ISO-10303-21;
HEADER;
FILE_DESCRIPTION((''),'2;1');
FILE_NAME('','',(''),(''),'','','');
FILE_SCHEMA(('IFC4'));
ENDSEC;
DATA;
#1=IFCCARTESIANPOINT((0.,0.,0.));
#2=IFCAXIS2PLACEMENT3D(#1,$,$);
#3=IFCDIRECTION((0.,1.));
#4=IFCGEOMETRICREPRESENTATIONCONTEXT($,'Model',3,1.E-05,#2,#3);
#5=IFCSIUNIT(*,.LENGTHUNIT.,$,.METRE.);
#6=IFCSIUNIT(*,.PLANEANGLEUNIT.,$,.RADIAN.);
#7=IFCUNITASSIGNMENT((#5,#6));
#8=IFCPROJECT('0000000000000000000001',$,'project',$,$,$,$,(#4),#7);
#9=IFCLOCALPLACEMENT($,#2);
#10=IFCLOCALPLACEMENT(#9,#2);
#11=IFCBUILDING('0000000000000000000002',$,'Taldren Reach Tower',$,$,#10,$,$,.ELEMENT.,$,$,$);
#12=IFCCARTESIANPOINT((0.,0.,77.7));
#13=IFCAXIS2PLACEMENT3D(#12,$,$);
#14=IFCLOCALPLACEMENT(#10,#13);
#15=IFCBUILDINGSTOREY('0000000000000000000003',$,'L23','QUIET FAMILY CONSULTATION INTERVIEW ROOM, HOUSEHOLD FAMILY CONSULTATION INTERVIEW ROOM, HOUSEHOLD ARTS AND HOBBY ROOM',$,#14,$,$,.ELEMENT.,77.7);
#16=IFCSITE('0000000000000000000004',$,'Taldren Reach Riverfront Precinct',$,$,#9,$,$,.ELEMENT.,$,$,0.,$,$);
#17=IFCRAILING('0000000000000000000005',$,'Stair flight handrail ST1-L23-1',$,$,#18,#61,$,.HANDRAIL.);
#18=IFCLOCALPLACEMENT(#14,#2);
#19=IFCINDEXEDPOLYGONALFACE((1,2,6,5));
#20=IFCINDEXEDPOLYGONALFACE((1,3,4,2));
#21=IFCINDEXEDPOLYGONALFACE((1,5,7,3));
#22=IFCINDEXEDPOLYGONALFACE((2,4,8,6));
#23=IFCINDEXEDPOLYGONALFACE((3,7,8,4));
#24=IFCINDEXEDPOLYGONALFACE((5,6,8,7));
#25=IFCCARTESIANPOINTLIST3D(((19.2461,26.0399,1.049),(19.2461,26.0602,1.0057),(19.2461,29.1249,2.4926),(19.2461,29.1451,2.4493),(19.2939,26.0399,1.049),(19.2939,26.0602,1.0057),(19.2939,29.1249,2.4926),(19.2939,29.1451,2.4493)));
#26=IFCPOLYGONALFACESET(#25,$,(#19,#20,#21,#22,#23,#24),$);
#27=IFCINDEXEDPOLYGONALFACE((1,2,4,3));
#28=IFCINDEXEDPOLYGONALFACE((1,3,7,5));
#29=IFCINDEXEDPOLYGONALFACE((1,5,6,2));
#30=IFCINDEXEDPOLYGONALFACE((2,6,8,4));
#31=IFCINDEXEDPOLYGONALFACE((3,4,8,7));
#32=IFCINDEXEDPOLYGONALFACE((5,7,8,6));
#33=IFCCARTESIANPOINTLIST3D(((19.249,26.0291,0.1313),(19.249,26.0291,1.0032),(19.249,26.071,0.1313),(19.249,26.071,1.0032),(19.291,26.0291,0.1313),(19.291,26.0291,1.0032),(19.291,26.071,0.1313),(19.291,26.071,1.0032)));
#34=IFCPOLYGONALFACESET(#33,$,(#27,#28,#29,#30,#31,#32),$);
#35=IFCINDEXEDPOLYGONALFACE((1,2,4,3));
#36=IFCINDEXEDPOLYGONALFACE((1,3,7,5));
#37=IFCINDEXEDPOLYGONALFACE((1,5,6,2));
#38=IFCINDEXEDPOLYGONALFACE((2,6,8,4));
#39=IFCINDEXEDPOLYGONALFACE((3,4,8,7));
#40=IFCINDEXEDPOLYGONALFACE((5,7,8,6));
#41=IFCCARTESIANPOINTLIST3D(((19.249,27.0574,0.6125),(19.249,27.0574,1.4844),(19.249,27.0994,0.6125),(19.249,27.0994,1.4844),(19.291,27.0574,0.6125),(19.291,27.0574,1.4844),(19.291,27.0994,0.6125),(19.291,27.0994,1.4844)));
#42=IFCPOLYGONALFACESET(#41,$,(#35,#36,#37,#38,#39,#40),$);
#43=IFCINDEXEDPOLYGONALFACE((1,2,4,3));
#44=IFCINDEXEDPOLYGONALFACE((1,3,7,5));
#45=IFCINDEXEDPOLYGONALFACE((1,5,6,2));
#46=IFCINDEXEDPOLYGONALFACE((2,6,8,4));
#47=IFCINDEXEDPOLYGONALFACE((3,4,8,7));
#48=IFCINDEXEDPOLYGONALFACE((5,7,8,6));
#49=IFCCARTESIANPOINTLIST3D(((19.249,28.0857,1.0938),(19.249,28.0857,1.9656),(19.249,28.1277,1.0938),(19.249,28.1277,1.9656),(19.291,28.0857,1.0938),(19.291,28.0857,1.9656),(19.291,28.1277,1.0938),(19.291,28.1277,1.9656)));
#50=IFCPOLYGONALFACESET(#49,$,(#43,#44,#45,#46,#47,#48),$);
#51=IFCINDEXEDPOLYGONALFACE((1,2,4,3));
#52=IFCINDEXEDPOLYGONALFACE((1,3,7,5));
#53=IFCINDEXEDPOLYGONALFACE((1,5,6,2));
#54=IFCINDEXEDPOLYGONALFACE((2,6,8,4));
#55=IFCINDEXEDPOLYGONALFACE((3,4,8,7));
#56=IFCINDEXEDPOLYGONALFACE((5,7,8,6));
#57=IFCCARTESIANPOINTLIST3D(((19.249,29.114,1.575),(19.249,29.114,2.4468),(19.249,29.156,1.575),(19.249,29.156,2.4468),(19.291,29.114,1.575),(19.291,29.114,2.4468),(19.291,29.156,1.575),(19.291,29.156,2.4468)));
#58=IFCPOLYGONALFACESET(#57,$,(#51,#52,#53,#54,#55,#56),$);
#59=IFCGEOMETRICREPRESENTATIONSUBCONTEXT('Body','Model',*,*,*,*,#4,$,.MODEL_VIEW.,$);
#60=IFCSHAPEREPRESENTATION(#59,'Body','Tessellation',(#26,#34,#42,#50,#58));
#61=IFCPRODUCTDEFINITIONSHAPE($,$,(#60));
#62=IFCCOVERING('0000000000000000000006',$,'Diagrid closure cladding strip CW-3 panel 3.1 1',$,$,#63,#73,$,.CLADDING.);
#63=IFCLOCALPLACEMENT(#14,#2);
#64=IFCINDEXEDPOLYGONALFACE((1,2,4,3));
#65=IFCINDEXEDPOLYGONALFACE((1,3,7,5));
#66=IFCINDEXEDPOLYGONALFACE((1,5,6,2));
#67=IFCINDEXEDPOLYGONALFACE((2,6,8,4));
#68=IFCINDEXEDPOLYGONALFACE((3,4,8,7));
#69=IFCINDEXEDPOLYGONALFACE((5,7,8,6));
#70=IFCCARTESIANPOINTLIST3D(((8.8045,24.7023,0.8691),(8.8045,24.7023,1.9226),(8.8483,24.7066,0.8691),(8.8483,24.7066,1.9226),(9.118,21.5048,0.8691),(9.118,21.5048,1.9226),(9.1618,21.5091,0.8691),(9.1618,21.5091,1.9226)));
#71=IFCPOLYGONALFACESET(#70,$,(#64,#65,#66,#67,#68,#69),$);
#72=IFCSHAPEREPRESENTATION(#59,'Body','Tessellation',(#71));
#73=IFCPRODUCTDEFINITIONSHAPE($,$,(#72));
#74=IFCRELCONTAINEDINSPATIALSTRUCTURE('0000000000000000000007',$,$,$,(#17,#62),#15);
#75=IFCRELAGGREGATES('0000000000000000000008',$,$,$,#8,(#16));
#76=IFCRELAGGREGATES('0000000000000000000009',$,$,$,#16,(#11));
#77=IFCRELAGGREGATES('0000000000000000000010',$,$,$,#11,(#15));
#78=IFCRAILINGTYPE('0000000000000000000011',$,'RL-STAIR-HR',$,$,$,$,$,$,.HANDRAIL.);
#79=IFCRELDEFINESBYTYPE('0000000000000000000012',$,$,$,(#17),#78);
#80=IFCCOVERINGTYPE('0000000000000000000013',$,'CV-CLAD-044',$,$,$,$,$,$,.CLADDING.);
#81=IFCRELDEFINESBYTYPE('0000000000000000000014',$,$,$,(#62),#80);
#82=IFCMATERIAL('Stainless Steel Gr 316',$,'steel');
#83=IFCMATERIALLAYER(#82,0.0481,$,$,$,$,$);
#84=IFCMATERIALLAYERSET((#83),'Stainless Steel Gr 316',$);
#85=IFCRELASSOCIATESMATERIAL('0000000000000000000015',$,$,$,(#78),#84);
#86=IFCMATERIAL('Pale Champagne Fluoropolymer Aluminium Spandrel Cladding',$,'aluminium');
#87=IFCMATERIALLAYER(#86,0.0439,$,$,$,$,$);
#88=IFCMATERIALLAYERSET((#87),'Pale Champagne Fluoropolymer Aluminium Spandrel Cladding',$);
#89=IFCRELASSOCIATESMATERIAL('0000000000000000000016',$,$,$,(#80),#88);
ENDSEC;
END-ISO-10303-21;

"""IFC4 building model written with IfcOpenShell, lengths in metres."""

from ifc_helpers import new_model, si_unit, direction, frame, origin, origin_2d, place, context, subcontext, project, spatial, rectangle, extrude, source, transform, mapped, material, layer, layer_set, type_object, element, save


model = new_model("IFC4")

# Units and contexts
model_context = context("Model", 3, precision=1e-05, world=origin(), true_north=direction((0.0, 1.0)))
body_context = subcontext(model_context, "Body", "Model", "MODEL_VIEW")
ifc_project = project(units=[si_unit("LENGTHUNIT", "METRE"), si_unit("PLANEANGLEUNIT", "RADIAN")], contexts=[model_context])

# Site, building, storey
site_placement = place(None, origin())
site = spatial("IfcSite", under=ifc_project, at=site_placement, Name="Taldren Reach Riverfront Precinct", CompositionType="ELEMENT", RefElevation=0.0)
building_placement = place(site_placement, origin())
building = spatial("IfcBuilding", under=site, at=building_placement, Name="Taldren Reach Tower", CompositionType="ELEMENT")
storey_placement = place(building_placement, frame((0.0, 0.0, 77.7)))
storey = spatial("IfcBuildingStorey", under=building, at=storey_placement, Name="L23", Description="QUIET FAMILY CONSULTATION INTERVIEW ROOM, HOUSEHOLD FAMILY CONSULTATION INTERVIEW ROOM, HOUSEHOLD ARTS AND HOBBY ROOM", CompositionType="ELEMENT", Elevation=77.7)

# Railing
ifc_material_1 = material(Name="Stainless Steel Gr 316", Category="steel")
ifc_layer_1 = layer(ifc_material_1, 0.0481)
ifc_layer_set_1 = layer_set([ifc_layer_1], Name="Stainless Steel Gr 316")
railing_type_1 = type_object("IfcRailingType", Name="RL-STAIR-HR", PredefinedType="HANDRAIL", material=ifc_layer_set_1)
railing_1_placement = place(storey_placement, frame((19.27, 26.05, 0.1313)))
element("IfcRailing", 1, at=railing_1_placement, inside=storey, type_object=railing_type_1, Name="Stair flight handrail ST1-L23-1", PredefinedType="HANDRAIL", context=body_context, shape_type="SweptSolid", body=[
    extrude(rectangle(XDim=0.0479, YDim=0.0479, at=origin_2d()), frame((0.0, 0.0, 0.896), z_axis=(0.0, 0.905738, 0.423839), x_axis=(-1.0, 0.0, 0.0)), (0.0, 0.0, 1.0), 3.406),
    extrude(rectangle(XDim=0.042, YDim=0.042, at=origin_2d()), origin(), (0.0, 0.0, 1.0), 0.8718),
    extrude(rectangle(XDim=0.042, YDim=0.042, at=origin_2d()), frame((0.0, 1.0283, 0.4812)), (0.0, 0.0, 1.0), 0.8718),
    extrude(rectangle(XDim=0.042, YDim=0.042, at=origin_2d()), frame((0.0, 2.0566, 0.9624)), (0.0, 0.0, 1.0), 0.8718),
    extrude(rectangle(XDim=0.042, YDim=0.042, at=origin_2d()), frame((0.0, 3.085, 1.4436)), (0.0, 0.0, 1.0), 0.8718),
])

# Covering
ifc_material_2 = material(Name="Pale Champagne Fluoropolymer Aluminium Spandrel Cladding", Category="aluminium")
ifc_layer_2 = layer(ifc_material_2, 0.0439)
ifc_layer_set_2 = layer_set([ifc_layer_2], Name="Pale Champagne Fluoropolymer Aluminium Spandrel Cladding")
covering_type = type_object("IfcCoveringType", Name="CV-CLAD-044", PredefinedType="CLADDING", material=ifc_layer_set_2)
shared_shape_1 = source(origin(), body_context, "Body", "SweptSolid", [
    extrude(rectangle(XDim=3.2129, YDim=0.0439, at=origin_2d()), origin(), (0.0, 0.0, 1.0), 1.0535),
])
covering_placement = place(storey_placement, frame((8.9832, 23.1057, 0.8691), z_axis=(0.0, 0.0, 1.0), x_axis=(0.097583, -0.995227, 0.0)))
element("IfcCovering", 2, at=covering_placement, inside=storey, type_object=covering_type, Name="Diagrid closure cladding strip CW-3 panel 3.1 1", PredefinedType="CLADDING", context=body_context, shape_type="MappedRepresentation", body=[
    mapped(shared_shape_1, transform((0.0, 0.0, 0.0), scale=1.0)),
])

save(model, "model.ifc")
